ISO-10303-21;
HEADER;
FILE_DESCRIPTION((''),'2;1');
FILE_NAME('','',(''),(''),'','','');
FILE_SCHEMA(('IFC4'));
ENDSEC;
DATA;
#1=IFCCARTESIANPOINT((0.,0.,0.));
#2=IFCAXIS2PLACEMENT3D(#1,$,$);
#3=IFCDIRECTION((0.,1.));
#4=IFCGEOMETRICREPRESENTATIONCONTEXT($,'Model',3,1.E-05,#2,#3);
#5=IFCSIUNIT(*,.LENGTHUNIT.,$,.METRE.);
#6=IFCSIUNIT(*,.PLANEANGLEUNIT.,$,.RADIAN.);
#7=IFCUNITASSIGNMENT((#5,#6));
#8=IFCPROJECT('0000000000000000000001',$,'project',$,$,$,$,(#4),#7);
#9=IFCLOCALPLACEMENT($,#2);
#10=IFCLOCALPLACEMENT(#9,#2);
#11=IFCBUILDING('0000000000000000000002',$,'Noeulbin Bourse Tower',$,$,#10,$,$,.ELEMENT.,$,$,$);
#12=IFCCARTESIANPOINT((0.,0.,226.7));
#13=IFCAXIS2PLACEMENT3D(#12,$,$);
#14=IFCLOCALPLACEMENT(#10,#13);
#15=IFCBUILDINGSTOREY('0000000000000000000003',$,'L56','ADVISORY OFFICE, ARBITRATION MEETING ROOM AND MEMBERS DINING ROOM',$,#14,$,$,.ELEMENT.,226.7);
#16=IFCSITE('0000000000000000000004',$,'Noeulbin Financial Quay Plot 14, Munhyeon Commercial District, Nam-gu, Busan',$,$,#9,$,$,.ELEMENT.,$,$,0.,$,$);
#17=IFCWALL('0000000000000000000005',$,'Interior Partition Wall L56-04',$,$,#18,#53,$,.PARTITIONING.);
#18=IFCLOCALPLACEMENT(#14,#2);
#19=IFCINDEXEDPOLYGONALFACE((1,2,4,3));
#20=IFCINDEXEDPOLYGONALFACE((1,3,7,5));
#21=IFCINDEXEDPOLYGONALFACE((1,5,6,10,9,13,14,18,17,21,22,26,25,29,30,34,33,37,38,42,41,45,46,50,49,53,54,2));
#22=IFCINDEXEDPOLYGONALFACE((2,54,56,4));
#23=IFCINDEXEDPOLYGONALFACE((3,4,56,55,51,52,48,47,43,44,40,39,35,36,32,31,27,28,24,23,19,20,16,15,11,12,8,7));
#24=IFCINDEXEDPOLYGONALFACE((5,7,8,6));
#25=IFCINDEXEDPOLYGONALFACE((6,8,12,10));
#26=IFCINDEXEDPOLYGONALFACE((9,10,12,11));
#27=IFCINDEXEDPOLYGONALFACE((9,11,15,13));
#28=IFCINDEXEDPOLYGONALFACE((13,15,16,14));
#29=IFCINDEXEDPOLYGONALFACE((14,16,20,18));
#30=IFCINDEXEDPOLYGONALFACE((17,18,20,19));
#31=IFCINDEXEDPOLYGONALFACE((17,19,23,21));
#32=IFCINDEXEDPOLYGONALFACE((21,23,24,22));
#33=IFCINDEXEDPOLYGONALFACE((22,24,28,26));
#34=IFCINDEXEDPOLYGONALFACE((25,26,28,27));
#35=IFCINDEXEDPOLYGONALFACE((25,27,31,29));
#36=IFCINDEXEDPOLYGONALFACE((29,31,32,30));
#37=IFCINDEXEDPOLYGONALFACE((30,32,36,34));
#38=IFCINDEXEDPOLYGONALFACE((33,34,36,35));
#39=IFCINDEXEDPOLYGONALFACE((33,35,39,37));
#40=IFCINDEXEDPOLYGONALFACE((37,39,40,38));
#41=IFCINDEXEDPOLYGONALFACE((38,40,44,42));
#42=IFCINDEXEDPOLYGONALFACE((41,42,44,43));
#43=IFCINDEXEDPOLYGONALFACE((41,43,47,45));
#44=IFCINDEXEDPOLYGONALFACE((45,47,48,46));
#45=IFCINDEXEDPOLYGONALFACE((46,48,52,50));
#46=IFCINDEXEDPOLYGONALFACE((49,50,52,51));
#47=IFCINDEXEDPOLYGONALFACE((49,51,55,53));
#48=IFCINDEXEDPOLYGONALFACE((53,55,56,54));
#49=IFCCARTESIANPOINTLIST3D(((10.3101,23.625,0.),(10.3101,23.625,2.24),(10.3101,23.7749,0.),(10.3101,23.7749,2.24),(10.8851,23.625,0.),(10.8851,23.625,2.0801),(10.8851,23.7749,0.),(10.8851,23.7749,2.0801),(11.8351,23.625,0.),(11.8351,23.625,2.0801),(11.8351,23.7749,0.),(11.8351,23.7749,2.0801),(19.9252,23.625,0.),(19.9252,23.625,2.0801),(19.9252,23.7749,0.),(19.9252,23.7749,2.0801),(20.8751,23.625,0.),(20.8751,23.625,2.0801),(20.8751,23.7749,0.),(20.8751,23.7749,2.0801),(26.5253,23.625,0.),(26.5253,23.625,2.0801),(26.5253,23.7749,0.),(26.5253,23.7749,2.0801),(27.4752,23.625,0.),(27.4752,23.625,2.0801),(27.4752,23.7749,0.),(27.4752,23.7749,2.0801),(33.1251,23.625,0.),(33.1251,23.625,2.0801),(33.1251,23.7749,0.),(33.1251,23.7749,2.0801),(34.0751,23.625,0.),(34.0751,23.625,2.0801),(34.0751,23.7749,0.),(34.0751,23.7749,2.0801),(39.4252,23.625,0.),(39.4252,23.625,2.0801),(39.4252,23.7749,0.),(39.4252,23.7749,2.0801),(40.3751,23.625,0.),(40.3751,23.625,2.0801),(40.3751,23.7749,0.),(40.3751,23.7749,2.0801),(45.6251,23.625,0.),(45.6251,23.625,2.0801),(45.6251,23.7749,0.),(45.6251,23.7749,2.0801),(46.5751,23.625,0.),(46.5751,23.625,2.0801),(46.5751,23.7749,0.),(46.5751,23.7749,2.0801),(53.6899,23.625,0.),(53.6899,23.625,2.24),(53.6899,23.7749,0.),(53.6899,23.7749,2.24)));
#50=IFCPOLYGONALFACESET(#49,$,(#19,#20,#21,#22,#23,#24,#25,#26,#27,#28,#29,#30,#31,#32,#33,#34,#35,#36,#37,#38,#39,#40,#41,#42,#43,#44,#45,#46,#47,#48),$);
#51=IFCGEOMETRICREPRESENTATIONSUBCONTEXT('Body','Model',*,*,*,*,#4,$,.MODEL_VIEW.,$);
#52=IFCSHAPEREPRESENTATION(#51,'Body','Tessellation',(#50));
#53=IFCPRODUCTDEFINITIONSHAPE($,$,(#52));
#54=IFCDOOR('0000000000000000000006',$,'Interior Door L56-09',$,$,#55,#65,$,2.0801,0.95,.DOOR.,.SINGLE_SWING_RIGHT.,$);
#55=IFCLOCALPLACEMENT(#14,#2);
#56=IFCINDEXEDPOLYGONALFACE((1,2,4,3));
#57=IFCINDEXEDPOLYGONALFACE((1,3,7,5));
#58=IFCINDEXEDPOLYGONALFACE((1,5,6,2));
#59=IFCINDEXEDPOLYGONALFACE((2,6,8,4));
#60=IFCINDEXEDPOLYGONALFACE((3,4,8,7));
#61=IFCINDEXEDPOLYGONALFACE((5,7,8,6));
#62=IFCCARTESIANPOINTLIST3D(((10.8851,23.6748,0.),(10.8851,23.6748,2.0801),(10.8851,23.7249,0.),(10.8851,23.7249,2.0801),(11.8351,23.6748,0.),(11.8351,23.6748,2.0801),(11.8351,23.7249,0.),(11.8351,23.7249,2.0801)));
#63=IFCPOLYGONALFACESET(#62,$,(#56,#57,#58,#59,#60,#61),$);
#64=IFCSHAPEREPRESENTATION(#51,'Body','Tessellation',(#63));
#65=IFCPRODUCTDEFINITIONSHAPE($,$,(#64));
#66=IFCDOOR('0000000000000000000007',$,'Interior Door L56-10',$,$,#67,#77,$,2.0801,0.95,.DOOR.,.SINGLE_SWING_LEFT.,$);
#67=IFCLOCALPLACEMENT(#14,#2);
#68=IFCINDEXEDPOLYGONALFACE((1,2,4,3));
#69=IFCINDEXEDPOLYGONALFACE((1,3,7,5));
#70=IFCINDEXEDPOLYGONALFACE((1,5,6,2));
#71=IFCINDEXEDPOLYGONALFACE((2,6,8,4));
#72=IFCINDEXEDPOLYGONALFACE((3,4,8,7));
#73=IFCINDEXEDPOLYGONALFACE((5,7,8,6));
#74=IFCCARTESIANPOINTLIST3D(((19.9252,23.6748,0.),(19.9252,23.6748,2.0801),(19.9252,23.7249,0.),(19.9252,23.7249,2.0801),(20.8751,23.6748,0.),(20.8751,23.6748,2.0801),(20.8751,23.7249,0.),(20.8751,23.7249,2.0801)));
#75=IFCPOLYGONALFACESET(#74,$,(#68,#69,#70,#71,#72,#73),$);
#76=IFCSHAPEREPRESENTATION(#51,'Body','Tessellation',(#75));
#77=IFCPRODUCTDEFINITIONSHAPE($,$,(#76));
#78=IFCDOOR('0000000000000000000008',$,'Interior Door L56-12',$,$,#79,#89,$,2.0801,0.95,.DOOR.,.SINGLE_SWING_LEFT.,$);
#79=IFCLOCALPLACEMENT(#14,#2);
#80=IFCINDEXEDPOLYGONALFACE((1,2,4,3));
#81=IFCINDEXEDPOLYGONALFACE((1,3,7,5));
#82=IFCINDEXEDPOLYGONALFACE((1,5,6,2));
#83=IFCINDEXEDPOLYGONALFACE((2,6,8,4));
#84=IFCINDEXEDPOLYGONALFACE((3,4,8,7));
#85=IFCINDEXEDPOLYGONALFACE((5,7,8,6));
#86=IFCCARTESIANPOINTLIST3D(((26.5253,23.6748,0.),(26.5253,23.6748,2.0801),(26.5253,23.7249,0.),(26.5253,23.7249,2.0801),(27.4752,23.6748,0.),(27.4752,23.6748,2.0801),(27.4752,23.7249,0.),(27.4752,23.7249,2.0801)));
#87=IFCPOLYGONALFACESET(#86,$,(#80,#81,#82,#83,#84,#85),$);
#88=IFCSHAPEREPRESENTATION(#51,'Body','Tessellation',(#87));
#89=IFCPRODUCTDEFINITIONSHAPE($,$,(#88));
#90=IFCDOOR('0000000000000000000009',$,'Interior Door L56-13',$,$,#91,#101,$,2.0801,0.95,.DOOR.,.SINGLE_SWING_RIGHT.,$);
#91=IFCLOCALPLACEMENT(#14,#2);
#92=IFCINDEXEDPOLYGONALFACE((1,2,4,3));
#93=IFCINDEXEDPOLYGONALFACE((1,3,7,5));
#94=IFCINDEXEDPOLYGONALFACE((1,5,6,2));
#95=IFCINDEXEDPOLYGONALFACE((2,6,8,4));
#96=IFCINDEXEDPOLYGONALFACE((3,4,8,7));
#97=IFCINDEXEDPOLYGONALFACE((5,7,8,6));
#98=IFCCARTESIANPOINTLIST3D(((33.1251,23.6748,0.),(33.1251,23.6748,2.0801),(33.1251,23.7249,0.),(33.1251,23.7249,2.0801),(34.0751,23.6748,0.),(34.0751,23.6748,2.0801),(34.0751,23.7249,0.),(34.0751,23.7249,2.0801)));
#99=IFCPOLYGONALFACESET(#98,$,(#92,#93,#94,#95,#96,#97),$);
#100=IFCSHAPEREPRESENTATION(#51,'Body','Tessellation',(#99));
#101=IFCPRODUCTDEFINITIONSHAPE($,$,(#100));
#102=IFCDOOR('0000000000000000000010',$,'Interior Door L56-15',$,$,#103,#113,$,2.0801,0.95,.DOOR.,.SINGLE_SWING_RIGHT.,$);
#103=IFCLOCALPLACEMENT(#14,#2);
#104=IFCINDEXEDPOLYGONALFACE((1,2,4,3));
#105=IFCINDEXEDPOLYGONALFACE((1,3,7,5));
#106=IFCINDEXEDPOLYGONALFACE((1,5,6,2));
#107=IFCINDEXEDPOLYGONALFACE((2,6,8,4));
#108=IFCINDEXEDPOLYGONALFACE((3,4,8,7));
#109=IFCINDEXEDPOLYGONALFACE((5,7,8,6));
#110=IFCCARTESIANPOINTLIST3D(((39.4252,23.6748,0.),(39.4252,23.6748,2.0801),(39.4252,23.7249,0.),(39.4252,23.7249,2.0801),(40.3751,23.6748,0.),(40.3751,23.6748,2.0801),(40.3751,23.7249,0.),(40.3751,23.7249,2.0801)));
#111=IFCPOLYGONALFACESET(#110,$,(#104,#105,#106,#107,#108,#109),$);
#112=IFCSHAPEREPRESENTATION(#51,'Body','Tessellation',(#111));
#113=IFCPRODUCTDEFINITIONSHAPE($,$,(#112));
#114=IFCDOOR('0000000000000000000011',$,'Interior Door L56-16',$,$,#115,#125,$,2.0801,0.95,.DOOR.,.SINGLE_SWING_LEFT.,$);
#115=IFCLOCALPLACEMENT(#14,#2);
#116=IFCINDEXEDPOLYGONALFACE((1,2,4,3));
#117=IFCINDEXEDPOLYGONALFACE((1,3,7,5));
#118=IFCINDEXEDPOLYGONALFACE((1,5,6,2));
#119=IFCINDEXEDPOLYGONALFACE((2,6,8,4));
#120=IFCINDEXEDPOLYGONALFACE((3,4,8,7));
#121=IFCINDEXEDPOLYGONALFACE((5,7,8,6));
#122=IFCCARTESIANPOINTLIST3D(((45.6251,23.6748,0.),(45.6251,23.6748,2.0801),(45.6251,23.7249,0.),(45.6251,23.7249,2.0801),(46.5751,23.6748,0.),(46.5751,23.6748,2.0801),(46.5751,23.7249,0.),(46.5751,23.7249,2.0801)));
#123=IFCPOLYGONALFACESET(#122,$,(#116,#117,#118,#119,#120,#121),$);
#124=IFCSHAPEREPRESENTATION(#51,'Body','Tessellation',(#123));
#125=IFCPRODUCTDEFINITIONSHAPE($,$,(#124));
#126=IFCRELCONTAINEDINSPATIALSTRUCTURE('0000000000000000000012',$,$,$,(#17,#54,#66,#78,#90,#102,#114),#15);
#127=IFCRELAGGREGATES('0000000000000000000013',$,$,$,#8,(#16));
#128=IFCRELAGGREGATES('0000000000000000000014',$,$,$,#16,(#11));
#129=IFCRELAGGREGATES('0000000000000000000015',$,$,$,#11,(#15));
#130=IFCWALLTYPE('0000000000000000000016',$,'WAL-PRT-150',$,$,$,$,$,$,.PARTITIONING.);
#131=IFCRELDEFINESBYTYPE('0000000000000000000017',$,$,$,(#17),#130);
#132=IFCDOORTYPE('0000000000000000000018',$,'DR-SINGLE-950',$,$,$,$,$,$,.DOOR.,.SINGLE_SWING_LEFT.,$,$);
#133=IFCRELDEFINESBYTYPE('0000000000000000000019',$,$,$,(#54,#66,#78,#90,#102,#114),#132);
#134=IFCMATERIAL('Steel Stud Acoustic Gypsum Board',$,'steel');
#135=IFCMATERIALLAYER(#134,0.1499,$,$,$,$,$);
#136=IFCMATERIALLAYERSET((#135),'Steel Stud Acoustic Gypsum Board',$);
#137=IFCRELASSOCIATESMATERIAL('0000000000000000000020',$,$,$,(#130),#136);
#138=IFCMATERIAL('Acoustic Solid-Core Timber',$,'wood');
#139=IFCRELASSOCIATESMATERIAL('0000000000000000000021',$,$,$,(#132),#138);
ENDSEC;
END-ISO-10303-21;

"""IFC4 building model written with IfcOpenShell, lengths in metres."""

from ifc_helpers import new_model, si_unit, direction, frame, frame_2d, origin, place, context, subcontext, project, spatial, rectangle, extrude, material, layer, layer_set, type_object, element, fill, save


model = new_model("IFC4")

# Units and contexts
model_context = context("Model", 3, precision=1e-05, world=origin(), true_north=direction((0.0, 1.0)))
body_context = subcontext(model_context, "Body", "Model", "MODEL_VIEW")
ifc_project = project(units=[si_unit("LENGTHUNIT", "METRE"), si_unit("PLANEANGLEUNIT", "RADIAN")], contexts=[model_context])

# Site, building, storey
site_placement = place(None, origin())
site = spatial("IfcSite", under=ifc_project, at=site_placement, Name="Noeulbin Financial Quay Plot 14, Munhyeon Commercial District, Nam-gu, Busan", CompositionType="ELEMENT", RefElevation=0.0)
building_placement = place(site_placement, origin())
building = spatial("IfcBuilding", under=site, at=building_placement, Name="Noeulbin Bourse Tower", CompositionType="ELEMENT")
storey_placement = place(building_placement, frame((0.0, 0.0, 226.7)))
storey = spatial("IfcBuildingStorey", under=building, at=storey_placement, Name="L56", Description="ADVISORY OFFICE, ARBITRATION MEETING ROOM AND MEMBERS DINING ROOM", CompositionType="ELEMENT", Elevation=226.7)

# Wall, openings, doors
ifc_material_1 = material(Name="Steel Stud Acoustic Gypsum Board", Category="steel")
ifc_layer_1 = layer(ifc_material_1, 0.1499)
ifc_layer_set_1 = layer_set([ifc_layer_1], Name="Steel Stud Acoustic Gypsum Board")
wall_type = type_object("IfcWallType", Name="WAL-PRT-150", PredefinedType="PARTITIONING", material=ifc_layer_set_1)
wall_placement = place(storey_placement, frame((10.3101, 23.7, 0.0), z_axis=(0.0, 0.0, 1.0), x_axis=(1.0, 0.0, 0.0)))
wall = element("IfcWall", 1, at=wall_placement, inside=storey, type_object=wall_type, Name="Interior Partition Wall L56-04", PredefinedType="PARTITIONING", context=body_context, shape_type="SweptSolid", body=[
    extrude(rectangle(XDim=43.3799, YDim=0.1499, at=frame_2d((21.6899, 0.0))), origin(), (0.0, 0.0, 1.0), 2.24),
])
opening_1_placement = place(wall_placement, frame((0.575, 0.0, 0.0)))
opening_1 = element("IfcOpeningElement", 2, at=opening_1_placement, cuts=wall, PredefinedType="OPENING", context=body_context, shape_type="SweptSolid", body=[
    extrude(rectangle(XDim=0.95, YDim=2.0801, at=frame_2d((0.4751, 1.04))), frame((0.0, 0.085, 0.0), z_axis=(0.0, -1.0, 0.0), x_axis=(1.0, 0.0, 0.0)), (0.0, 0.0, 1.0), 0.1699),
])
opening_2_placement = place(wall_placement, frame((9.615, 0.0, 0.0)))
opening_2 = element("IfcOpeningElement", 3, at=opening_2_placement, cuts=wall, PredefinedType="OPENING", context=body_context, shape_type="SweptSolid", body=[
    extrude(rectangle(XDim=0.95, YDim=2.0801, at=frame_2d((0.4751, 1.04))), frame((0.0, 0.085, 0.0), z_axis=(0.0, -1.0, 0.0), x_axis=(1.0, 0.0, 0.0)), (0.0, 0.0, 1.0), 0.1699),
])
opening_3_placement = place(wall_placement, frame((16.2151, 0.0, 0.0)))
opening_3 = element("IfcOpeningElement", 4, at=opening_3_placement, cuts=wall, PredefinedType="OPENING", context=body_context, shape_type="SweptSolid", body=[
    extrude(rectangle(XDim=0.95, YDim=2.0801, at=frame_2d((0.4751, 1.04))), frame((0.0, 0.085, 0.0), z_axis=(0.0, -1.0, 0.0), x_axis=(1.0, 0.0, 0.0)), (0.0, 0.0, 1.0), 0.1699),
])
opening_4_placement = place(wall_placement, frame((22.8149, 0.0, 0.0)))
opening_4 = element("IfcOpeningElement", 5, at=opening_4_placement, cuts=wall, PredefinedType="OPENING", context=body_context, shape_type="SweptSolid", body=[
    extrude(rectangle(XDim=0.95, YDim=2.0801, at=frame_2d((0.4751, 1.04))), frame((0.0, 0.085, 0.0), z_axis=(0.0, -1.0, 0.0), x_axis=(1.0, 0.0, 0.0)), (0.0, 0.0, 1.0), 0.1699),
])
opening_5_placement = place(wall_placement, frame((29.115, 0.0, 0.0)))
opening_5 = element("IfcOpeningElement", 6, at=opening_5_placement, cuts=wall, PredefinedType="OPENING", context=body_context, shape_type="SweptSolid", body=[
    extrude(rectangle(XDim=0.95, YDim=2.0801, at=frame_2d((0.4751, 1.04))), frame((0.0, 0.085, 0.0), z_axis=(0.0, -1.0, 0.0), x_axis=(1.0, 0.0, 0.0)), (0.0, 0.0, 1.0), 0.1699),
])
opening_6_placement = place(wall_placement, frame((35.3149, 0.0, 0.0)))
opening_6 = element("IfcOpeningElement", 7, at=opening_6_placement, cuts=wall, PredefinedType="OPENING", context=body_context, shape_type="SweptSolid", body=[
    extrude(rectangle(XDim=0.95, YDim=2.0801, at=frame_2d((0.4751, 1.04))), frame((0.0, 0.085, 0.0), z_axis=(0.0, -1.0, 0.0), x_axis=(1.0, 0.0, 0.0)), (0.0, 0.0, 1.0), 0.1699),
])
ifc_material_2 = material(Name="Acoustic Solid-Core Timber", Category="wood")
door_type = type_object("IfcDoorType", Name="DR-SINGLE-950", OperationType="SINGLE_SWING_LEFT", PredefinedType="DOOR", material=ifc_material_2)
door_1_placement = place(opening_1_placement, origin())
door_1 = element("IfcDoor", 8, at=door_1_placement, inside=storey, type_object=door_type, Name="Interior Door L56-09", OperationType="SINGLE_SWING_RIGHT", OverallHeight=2.0801, OverallWidth=0.95, PredefinedType="DOOR", context=body_context, shape_type="SweptSolid", body=[
    extrude(rectangle(XDim=0.95, YDim=2.0801, at=frame_2d((0.4751, 1.04))), frame((0.0, 0.0249, 0.0), z_axis=(0.0, -1.0, 0.0), x_axis=(1.0, 0.0, 0.0)), (0.0, 0.0, 1.0), 0.05),
])
fill(opening_1, door_1)
door_2_placement = place(opening_2_placement, origin())
door_2 = element("IfcDoor", 9, at=door_2_placement, inside=storey, type_object=door_type, Name="Interior Door L56-10", OperationType="SINGLE_SWING_LEFT", OverallHeight=2.0801, OverallWidth=0.95, PredefinedType="DOOR", context=body_context, shape_type="SweptSolid", body=[
    extrude(rectangle(XDim=0.95, YDim=2.0801, at=frame_2d((0.4751, 1.04))), frame((0.0, 0.0249, 0.0), z_axis=(0.0, -1.0, 0.0), x_axis=(1.0, 0.0, 0.0)), (0.0, 0.0, 1.0), 0.05),
])
fill(opening_2, door_2)
door_3_placement = place(opening_3_placement, origin())
door_3 = element("IfcDoor", 10, at=door_3_placement, inside=storey, type_object=door_type, Name="Interior Door L56-12", OperationType="SINGLE_SWING_LEFT", OverallHeight=2.0801, OverallWidth=0.95, PredefinedType="DOOR", context=body_context, shape_type="SweptSolid", body=[
    extrude(rectangle(XDim=0.95, YDim=2.0801, at=frame_2d((0.4751, 1.04))), frame((0.0, 0.0249, 0.0), z_axis=(0.0, -1.0, 0.0), x_axis=(1.0, 0.0, 0.0)), (0.0, 0.0, 1.0), 0.05),
])
fill(opening_3, door_3)
door_4_placement = place(opening_4_placement, origin())
door_4 = element("IfcDoor", 11, at=door_4_placement, inside=storey, type_object=door_type, Name="Interior Door L56-13", OperationType="SINGLE_SWING_RIGHT", OverallHeight=2.0801, OverallWidth=0.95, PredefinedType="DOOR", context=body_context, shape_type="SweptSolid", body=[
    extrude(rectangle(XDim=0.95, YDim=2.0801, at=frame_2d((0.4751, 1.04))), frame((0.0, 0.0249, 0.0), z_axis=(0.0, -1.0, 0.0), x_axis=(1.0, 0.0, 0.0)), (0.0, 0.0, 1.0), 0.05),
])
fill(opening_4, door_4)
door_5_placement = place(opening_5_placement, origin())
door_5 = element("IfcDoor", 12, at=door_5_placement, inside=storey, type_object=door_type, Name="Interior Door L56-15", OperationType="SINGLE_SWING_RIGHT", OverallHeight=2.0801, OverallWidth=0.95, PredefinedType="DOOR", context=body_context, shape_type="SweptSolid", body=[
    extrude(rectangle(XDim=0.95, YDim=2.0801, at=frame_2d((0.4751, 1.04))), frame((0.0, 0.0249, 0.0), z_axis=(0.0, -1.0, 0.0), x_axis=(1.0, 0.0, 0.0)), (0.0, 0.0, 1.0), 0.05),
])
fill(opening_5, door_5)
door_6_placement = place(opening_6_placement, origin())
door_6 = element("IfcDoor", 13, at=door_6_placement, inside=storey, type_object=door_type, Name="Interior Door L56-16", OperationType="SINGLE_SWING_LEFT", OverallHeight=2.0801, OverallWidth=0.95, PredefinedType="DOOR", context=body_context, shape_type="SweptSolid", body=[
    extrude(rectangle(XDim=0.95, YDim=2.0801, at=frame_2d((0.4751, 1.04))), frame((0.0, 0.0249, 0.0), z_axis=(0.0, -1.0, 0.0), x_axis=(1.0, 0.0, 0.0)), (0.0, 0.0, 1.0), 0.05),
])
fill(opening_6, door_6)

save(model, "model.ifc")
